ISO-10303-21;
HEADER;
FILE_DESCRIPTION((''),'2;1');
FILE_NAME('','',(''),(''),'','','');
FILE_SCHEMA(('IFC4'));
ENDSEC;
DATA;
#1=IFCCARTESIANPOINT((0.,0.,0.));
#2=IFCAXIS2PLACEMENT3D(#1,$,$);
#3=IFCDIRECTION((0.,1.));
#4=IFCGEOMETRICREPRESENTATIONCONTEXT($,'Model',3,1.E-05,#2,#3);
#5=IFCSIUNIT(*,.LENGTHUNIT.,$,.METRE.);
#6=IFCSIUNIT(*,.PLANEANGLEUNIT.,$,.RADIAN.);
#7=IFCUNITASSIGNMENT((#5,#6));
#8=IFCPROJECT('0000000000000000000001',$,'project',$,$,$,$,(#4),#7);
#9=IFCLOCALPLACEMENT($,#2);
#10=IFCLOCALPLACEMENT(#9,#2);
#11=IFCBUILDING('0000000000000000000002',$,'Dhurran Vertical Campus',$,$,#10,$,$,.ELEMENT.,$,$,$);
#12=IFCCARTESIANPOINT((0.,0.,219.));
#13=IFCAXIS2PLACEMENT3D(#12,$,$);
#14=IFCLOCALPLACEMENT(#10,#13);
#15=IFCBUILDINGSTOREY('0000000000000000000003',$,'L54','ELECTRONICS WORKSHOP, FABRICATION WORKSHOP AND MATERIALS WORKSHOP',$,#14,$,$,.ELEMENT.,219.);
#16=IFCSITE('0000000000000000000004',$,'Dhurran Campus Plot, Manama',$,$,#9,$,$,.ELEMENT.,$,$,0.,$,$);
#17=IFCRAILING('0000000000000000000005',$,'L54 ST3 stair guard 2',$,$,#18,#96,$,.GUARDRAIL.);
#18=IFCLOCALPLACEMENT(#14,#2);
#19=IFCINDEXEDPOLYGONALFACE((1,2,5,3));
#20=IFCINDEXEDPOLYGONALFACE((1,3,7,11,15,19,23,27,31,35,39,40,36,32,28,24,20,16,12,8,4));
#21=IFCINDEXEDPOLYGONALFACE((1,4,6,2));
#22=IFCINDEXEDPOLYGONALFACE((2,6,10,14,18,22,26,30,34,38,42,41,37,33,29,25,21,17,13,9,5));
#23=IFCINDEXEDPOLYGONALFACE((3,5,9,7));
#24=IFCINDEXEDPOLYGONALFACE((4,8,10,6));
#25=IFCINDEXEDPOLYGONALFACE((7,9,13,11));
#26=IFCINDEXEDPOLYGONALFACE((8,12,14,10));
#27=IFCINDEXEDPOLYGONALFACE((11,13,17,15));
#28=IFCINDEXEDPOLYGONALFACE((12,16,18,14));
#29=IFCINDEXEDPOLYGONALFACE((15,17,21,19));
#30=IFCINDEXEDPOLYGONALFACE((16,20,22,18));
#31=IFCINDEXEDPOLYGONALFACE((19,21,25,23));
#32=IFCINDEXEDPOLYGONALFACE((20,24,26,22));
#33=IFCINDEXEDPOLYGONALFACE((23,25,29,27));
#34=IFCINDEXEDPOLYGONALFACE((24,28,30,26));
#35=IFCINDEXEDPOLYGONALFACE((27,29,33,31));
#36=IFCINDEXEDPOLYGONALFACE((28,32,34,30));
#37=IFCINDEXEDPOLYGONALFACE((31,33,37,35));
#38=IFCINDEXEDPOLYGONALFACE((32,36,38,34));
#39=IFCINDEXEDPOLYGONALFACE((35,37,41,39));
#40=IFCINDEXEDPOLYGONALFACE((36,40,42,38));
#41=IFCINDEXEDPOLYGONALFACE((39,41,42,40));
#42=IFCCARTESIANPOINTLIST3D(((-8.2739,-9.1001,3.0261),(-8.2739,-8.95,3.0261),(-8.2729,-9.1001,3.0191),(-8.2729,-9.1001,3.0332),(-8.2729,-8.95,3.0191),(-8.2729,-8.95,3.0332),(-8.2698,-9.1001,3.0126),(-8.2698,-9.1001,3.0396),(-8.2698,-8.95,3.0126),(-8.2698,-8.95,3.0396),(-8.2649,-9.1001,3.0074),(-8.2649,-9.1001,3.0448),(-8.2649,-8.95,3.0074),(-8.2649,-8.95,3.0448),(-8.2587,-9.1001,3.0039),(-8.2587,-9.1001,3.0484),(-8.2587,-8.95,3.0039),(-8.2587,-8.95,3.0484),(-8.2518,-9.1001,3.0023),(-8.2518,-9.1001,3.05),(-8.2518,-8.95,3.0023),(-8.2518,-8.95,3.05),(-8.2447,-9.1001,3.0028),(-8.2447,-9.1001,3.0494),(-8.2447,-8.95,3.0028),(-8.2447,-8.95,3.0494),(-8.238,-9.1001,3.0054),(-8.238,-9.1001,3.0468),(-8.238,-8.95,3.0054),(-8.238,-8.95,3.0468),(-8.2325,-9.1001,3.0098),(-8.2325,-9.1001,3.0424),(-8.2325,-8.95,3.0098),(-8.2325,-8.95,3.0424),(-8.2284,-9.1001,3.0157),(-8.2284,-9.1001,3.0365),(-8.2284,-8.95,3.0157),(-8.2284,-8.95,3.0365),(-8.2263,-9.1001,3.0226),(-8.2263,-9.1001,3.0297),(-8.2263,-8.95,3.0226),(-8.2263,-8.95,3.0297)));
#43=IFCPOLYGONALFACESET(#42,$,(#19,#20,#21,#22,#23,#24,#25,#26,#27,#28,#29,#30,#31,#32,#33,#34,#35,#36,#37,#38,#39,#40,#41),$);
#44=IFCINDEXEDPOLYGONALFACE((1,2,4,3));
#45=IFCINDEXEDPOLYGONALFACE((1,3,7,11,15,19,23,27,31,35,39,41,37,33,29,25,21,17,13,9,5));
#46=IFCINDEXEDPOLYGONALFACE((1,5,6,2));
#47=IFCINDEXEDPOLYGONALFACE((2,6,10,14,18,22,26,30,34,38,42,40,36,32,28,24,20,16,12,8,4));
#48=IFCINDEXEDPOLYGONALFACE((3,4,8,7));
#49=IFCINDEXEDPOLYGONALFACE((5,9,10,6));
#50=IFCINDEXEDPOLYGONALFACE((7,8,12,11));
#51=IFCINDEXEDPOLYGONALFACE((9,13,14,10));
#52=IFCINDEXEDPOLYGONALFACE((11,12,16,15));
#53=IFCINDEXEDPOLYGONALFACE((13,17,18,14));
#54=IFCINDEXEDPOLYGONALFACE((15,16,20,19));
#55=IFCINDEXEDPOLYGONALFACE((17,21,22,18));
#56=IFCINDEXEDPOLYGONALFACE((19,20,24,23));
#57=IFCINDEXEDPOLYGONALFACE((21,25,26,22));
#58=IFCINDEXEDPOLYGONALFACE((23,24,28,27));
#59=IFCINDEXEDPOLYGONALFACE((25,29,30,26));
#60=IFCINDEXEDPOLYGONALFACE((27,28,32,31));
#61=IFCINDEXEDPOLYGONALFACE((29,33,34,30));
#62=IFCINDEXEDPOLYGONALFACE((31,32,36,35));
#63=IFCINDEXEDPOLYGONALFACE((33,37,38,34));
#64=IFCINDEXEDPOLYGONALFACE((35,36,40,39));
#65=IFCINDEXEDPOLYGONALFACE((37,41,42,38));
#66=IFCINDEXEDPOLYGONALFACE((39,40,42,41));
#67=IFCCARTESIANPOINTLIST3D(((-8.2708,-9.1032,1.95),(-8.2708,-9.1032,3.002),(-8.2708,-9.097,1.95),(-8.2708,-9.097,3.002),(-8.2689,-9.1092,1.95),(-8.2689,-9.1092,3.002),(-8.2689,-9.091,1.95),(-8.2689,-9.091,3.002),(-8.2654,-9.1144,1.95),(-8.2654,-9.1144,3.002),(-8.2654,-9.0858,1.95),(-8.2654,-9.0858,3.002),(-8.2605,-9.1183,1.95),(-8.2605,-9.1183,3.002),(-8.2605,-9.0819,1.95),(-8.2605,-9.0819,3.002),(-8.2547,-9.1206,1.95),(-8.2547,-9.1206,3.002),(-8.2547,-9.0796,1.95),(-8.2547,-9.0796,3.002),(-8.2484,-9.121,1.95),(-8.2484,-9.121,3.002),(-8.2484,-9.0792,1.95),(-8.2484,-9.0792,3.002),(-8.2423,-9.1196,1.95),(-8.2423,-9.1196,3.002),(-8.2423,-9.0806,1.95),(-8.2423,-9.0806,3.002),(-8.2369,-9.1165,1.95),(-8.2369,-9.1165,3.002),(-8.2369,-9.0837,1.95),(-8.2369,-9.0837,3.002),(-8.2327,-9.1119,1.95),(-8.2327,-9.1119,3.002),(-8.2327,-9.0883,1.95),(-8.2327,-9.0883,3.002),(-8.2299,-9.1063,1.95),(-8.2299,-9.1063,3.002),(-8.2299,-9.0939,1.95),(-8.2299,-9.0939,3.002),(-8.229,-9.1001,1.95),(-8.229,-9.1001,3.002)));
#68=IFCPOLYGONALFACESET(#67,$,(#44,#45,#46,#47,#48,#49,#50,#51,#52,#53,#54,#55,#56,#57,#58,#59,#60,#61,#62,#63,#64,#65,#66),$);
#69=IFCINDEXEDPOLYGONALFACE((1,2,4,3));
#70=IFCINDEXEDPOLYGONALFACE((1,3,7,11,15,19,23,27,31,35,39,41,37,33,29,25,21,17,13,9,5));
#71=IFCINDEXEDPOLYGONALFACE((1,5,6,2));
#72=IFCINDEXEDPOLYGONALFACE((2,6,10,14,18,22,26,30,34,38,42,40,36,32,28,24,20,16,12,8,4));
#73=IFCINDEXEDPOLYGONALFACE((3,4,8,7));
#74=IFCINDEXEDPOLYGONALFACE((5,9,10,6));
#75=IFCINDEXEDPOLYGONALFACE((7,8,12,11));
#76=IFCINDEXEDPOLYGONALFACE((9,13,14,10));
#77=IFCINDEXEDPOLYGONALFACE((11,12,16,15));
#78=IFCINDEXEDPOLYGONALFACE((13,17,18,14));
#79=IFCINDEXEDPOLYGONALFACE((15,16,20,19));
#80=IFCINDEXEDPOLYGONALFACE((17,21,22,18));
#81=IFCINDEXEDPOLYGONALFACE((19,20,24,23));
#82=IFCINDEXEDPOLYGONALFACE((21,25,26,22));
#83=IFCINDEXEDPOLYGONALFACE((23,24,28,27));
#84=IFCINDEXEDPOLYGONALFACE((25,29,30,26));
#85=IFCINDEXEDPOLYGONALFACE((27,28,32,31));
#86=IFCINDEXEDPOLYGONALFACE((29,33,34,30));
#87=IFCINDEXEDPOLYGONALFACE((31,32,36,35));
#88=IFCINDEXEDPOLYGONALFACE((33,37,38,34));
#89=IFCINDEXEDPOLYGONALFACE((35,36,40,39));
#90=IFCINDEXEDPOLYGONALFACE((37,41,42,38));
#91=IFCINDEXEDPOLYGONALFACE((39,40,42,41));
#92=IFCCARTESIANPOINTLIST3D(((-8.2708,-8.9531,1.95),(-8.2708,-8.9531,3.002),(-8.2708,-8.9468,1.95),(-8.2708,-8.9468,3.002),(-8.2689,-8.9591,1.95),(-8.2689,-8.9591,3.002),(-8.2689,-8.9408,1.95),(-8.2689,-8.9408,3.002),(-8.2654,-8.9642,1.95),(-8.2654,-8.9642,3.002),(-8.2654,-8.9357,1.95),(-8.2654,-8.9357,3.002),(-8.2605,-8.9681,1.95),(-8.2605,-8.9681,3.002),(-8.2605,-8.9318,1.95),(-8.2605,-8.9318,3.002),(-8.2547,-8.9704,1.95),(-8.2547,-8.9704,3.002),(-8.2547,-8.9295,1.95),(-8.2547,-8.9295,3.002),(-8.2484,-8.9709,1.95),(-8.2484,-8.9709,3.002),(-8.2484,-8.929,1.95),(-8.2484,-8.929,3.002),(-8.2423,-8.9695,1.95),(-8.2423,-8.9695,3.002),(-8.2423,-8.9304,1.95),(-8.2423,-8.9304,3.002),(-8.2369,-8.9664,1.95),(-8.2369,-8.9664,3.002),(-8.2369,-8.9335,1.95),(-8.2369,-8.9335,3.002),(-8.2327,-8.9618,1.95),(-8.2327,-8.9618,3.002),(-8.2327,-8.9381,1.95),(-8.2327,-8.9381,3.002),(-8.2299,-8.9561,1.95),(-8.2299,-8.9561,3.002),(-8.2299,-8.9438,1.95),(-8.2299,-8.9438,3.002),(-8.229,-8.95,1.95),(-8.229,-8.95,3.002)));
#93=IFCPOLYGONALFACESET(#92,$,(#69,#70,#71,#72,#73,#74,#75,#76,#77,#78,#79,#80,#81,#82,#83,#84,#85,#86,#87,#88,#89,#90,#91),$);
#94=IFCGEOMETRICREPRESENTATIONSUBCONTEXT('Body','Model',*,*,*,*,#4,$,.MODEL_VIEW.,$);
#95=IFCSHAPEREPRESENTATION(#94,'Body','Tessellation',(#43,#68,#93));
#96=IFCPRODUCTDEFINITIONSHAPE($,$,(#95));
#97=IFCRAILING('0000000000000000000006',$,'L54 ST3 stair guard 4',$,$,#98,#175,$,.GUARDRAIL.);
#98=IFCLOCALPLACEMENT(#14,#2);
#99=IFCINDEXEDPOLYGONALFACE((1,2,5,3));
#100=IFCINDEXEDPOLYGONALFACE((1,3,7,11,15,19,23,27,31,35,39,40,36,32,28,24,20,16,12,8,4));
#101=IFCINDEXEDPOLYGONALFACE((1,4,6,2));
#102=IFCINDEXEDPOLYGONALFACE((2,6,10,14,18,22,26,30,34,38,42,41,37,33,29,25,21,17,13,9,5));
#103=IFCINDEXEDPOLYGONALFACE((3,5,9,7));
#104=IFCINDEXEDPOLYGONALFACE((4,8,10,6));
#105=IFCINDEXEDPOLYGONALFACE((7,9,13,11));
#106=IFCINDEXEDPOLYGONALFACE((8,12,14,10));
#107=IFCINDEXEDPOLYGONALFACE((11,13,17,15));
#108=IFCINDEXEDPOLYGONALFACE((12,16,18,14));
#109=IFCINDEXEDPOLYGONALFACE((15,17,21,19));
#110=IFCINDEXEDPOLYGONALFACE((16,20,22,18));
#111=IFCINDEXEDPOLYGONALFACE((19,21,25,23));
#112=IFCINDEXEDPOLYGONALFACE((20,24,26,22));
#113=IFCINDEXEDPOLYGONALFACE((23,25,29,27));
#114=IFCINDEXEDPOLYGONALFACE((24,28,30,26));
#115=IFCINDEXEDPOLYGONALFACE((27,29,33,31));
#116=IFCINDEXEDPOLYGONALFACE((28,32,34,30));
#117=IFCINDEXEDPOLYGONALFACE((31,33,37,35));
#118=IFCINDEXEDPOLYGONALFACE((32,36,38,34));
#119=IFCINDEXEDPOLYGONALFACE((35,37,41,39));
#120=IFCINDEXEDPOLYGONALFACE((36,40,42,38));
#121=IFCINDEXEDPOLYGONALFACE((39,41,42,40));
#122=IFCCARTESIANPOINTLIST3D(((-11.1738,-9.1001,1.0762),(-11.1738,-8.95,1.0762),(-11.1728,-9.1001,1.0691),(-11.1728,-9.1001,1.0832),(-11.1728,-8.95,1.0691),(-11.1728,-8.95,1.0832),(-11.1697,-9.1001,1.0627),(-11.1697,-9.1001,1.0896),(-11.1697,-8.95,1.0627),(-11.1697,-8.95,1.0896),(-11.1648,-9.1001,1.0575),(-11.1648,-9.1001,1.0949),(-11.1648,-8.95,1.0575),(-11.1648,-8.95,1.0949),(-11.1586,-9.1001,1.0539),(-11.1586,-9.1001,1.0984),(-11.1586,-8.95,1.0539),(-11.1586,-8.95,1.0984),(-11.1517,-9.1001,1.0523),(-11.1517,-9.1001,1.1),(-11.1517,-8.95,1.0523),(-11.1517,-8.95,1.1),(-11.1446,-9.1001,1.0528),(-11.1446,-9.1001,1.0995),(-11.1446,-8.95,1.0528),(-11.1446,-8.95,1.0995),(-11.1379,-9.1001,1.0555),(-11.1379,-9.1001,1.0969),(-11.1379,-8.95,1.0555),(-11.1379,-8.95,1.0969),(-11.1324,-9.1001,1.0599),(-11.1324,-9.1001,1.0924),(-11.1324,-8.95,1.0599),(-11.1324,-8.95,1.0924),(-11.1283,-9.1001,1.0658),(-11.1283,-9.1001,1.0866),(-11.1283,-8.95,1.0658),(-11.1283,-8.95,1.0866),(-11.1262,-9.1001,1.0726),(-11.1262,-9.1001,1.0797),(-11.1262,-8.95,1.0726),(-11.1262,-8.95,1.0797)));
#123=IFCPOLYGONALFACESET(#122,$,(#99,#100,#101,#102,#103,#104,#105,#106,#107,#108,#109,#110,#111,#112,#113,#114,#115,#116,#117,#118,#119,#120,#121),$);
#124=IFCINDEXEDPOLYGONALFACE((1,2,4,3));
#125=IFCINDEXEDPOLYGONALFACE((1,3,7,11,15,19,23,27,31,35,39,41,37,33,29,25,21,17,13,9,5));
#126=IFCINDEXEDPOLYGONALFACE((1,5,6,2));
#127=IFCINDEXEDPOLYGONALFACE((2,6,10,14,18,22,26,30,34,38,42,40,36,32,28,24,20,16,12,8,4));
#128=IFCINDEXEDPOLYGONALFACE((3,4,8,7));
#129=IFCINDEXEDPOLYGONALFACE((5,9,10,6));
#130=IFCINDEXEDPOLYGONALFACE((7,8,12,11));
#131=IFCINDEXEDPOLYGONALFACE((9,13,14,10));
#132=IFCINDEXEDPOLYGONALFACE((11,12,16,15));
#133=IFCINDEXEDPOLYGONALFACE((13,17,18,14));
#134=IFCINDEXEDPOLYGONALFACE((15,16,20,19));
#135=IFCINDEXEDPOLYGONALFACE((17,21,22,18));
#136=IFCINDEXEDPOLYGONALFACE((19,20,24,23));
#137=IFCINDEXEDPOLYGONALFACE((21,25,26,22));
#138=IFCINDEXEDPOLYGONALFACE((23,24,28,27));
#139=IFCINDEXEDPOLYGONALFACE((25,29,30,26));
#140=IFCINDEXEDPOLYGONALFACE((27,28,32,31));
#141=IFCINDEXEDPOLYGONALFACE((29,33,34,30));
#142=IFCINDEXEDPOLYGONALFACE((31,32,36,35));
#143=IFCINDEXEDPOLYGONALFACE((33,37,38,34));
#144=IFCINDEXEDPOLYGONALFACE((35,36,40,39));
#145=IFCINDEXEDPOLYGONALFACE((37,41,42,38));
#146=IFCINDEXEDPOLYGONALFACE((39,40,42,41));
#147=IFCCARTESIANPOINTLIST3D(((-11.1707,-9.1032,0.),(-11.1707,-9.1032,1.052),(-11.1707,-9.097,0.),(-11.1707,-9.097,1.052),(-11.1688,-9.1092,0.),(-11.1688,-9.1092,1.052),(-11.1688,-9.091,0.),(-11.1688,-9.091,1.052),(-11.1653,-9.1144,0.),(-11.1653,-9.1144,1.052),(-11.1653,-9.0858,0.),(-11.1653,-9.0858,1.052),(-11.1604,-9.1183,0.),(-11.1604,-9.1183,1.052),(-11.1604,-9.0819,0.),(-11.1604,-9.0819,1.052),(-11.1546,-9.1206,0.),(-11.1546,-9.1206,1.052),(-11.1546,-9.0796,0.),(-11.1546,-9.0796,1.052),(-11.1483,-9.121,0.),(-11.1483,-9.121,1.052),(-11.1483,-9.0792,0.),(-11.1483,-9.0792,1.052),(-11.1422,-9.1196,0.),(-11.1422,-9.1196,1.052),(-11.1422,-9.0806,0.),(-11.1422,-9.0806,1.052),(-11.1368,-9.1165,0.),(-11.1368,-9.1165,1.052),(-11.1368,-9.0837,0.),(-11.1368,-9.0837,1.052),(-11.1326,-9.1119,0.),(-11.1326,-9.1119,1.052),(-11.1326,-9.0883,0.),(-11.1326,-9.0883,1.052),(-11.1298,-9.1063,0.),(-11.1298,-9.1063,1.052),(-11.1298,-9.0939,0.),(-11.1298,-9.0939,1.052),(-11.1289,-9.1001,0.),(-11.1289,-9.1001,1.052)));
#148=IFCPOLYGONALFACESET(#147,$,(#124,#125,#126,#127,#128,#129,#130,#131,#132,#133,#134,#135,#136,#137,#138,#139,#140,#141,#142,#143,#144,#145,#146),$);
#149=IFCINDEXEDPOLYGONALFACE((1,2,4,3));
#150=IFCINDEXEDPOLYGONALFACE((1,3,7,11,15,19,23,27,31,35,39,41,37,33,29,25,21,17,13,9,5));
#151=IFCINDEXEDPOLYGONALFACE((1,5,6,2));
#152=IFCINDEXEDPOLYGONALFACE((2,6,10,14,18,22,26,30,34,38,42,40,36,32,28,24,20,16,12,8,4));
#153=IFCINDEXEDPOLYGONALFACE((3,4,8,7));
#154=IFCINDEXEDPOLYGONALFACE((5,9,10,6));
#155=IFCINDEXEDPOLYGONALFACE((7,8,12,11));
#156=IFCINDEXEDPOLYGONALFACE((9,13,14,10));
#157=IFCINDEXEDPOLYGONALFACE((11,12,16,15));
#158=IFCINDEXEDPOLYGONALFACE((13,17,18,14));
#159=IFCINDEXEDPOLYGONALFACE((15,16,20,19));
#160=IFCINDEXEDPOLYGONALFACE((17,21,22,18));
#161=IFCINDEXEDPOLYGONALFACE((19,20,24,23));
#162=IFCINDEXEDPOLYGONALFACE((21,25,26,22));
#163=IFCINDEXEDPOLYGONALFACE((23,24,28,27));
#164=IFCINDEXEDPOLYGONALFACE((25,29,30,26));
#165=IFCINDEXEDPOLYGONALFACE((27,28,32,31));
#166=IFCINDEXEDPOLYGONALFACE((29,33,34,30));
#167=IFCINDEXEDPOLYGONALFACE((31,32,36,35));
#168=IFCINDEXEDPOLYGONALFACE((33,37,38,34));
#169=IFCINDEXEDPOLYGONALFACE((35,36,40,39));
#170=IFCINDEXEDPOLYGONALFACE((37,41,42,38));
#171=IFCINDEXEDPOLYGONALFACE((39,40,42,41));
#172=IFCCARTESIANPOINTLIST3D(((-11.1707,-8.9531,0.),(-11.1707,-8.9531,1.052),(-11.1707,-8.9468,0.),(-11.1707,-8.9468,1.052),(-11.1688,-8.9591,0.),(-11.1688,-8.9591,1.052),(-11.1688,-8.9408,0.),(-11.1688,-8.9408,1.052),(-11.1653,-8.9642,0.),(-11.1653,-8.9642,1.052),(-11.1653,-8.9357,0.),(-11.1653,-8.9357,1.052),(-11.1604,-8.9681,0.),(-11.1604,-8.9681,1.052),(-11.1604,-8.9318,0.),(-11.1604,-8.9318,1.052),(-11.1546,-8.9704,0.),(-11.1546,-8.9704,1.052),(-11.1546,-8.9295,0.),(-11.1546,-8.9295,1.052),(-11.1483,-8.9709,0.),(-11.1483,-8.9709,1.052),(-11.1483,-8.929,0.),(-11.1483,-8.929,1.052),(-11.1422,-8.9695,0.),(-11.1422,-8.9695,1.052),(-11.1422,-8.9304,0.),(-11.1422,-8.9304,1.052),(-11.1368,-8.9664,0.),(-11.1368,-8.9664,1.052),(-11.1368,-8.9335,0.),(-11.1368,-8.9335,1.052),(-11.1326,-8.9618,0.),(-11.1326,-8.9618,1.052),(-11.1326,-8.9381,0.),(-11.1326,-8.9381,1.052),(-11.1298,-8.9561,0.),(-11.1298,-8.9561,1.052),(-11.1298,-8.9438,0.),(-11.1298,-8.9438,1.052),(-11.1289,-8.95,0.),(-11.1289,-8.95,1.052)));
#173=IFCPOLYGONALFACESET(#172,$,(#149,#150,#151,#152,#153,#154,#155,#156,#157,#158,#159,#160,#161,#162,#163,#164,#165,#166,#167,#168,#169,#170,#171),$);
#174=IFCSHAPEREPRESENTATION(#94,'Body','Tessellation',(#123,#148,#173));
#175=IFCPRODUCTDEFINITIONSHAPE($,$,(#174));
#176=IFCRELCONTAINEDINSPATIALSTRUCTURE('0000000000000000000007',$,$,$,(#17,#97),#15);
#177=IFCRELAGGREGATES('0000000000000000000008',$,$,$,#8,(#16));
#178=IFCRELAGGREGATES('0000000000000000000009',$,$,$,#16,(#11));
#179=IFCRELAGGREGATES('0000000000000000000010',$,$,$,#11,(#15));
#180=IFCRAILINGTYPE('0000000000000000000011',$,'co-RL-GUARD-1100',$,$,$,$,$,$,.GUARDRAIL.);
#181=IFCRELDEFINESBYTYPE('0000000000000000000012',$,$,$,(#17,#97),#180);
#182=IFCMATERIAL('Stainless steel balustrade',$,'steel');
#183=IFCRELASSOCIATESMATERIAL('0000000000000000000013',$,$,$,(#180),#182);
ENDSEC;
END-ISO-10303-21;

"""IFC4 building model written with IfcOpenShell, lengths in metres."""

from ifc_helpers import new_model, si_unit, direction, frame, origin, origin_2d, place, context, subcontext, project, spatial, circle, extrude, material, type_object, element, save


model = new_model("IFC4")

# Units and contexts
model_context = context("Model", 3, precision=1e-05, world=origin(), true_north=direction((0.0, 1.0)))
body_context = subcontext(model_context, "Body", "Model", "MODEL_VIEW")
ifc_project = project(units=[si_unit("LENGTHUNIT", "METRE"), si_unit("PLANEANGLEUNIT", "RADIAN")], contexts=[model_context])

# Site, building, storey
site_placement = place(None, origin())
site = spatial("IfcSite", under=ifc_project, at=site_placement, Name="Dhurran Campus Plot, Manama", CompositionType="ELEMENT", RefElevation=0.0)
building_placement = place(site_placement, origin())
building = spatial("IfcBuilding", under=site, at=building_placement, Name="Dhurran Vertical Campus", CompositionType="ELEMENT")
storey_placement = place(building_placement, frame((0.0, 0.0, 219.0)))
storey = spatial("IfcBuildingStorey", under=building, at=storey_placement, Name="L54", Description="ELECTRONICS WORKSHOP, FABRICATION WORKSHOP AND MATERIALS WORKSHOP", CompositionType="ELEMENT", Elevation=219.0)

# Railings
ifc_material_1 = material(Name="Stainless steel balustrade", Category="steel")
railing_type_1 = type_object("IfcRailingType", Name="co-RL-GUARD-1100", PredefinedType="GUARDRAIL", material=ifc_material_1)
for number, where, name in (
    (1, (-8.25, -9.1001, 1.95), "L54 ST3 stair guard 2"),
    (2, (-11.1499, -9.1001, 0.0), "L54 ST3 stair guard 4"),
):
    element("IfcRailing", number, at=place(storey_placement, frame(where)), inside=storey, type_object=railing_type_1, Name=name, PredefinedType="GUARDRAIL", context=body_context, shape_type="SweptSolid", body=[
        extrude(circle(Radius=0.0239, at=origin_2d()), frame((0.0, 0.0, 1.0762), z_axis=(0.0, 1.0, 0.0), x_axis=(-1.0, 0.0, 0.0)), (0.0, 0.0, 1.0), 0.1501),
        extrude(circle(Radius=0.021, at=origin_2d()), origin(), (0.0, 0.0, 1.0), 1.052),
        extrude(circle(Radius=0.021, at=origin_2d()), frame((0.0, 0.1501, 0.0)), (0.0, 0.0, 1.0), 1.052),
    ])

save(model, "model.ifc")
